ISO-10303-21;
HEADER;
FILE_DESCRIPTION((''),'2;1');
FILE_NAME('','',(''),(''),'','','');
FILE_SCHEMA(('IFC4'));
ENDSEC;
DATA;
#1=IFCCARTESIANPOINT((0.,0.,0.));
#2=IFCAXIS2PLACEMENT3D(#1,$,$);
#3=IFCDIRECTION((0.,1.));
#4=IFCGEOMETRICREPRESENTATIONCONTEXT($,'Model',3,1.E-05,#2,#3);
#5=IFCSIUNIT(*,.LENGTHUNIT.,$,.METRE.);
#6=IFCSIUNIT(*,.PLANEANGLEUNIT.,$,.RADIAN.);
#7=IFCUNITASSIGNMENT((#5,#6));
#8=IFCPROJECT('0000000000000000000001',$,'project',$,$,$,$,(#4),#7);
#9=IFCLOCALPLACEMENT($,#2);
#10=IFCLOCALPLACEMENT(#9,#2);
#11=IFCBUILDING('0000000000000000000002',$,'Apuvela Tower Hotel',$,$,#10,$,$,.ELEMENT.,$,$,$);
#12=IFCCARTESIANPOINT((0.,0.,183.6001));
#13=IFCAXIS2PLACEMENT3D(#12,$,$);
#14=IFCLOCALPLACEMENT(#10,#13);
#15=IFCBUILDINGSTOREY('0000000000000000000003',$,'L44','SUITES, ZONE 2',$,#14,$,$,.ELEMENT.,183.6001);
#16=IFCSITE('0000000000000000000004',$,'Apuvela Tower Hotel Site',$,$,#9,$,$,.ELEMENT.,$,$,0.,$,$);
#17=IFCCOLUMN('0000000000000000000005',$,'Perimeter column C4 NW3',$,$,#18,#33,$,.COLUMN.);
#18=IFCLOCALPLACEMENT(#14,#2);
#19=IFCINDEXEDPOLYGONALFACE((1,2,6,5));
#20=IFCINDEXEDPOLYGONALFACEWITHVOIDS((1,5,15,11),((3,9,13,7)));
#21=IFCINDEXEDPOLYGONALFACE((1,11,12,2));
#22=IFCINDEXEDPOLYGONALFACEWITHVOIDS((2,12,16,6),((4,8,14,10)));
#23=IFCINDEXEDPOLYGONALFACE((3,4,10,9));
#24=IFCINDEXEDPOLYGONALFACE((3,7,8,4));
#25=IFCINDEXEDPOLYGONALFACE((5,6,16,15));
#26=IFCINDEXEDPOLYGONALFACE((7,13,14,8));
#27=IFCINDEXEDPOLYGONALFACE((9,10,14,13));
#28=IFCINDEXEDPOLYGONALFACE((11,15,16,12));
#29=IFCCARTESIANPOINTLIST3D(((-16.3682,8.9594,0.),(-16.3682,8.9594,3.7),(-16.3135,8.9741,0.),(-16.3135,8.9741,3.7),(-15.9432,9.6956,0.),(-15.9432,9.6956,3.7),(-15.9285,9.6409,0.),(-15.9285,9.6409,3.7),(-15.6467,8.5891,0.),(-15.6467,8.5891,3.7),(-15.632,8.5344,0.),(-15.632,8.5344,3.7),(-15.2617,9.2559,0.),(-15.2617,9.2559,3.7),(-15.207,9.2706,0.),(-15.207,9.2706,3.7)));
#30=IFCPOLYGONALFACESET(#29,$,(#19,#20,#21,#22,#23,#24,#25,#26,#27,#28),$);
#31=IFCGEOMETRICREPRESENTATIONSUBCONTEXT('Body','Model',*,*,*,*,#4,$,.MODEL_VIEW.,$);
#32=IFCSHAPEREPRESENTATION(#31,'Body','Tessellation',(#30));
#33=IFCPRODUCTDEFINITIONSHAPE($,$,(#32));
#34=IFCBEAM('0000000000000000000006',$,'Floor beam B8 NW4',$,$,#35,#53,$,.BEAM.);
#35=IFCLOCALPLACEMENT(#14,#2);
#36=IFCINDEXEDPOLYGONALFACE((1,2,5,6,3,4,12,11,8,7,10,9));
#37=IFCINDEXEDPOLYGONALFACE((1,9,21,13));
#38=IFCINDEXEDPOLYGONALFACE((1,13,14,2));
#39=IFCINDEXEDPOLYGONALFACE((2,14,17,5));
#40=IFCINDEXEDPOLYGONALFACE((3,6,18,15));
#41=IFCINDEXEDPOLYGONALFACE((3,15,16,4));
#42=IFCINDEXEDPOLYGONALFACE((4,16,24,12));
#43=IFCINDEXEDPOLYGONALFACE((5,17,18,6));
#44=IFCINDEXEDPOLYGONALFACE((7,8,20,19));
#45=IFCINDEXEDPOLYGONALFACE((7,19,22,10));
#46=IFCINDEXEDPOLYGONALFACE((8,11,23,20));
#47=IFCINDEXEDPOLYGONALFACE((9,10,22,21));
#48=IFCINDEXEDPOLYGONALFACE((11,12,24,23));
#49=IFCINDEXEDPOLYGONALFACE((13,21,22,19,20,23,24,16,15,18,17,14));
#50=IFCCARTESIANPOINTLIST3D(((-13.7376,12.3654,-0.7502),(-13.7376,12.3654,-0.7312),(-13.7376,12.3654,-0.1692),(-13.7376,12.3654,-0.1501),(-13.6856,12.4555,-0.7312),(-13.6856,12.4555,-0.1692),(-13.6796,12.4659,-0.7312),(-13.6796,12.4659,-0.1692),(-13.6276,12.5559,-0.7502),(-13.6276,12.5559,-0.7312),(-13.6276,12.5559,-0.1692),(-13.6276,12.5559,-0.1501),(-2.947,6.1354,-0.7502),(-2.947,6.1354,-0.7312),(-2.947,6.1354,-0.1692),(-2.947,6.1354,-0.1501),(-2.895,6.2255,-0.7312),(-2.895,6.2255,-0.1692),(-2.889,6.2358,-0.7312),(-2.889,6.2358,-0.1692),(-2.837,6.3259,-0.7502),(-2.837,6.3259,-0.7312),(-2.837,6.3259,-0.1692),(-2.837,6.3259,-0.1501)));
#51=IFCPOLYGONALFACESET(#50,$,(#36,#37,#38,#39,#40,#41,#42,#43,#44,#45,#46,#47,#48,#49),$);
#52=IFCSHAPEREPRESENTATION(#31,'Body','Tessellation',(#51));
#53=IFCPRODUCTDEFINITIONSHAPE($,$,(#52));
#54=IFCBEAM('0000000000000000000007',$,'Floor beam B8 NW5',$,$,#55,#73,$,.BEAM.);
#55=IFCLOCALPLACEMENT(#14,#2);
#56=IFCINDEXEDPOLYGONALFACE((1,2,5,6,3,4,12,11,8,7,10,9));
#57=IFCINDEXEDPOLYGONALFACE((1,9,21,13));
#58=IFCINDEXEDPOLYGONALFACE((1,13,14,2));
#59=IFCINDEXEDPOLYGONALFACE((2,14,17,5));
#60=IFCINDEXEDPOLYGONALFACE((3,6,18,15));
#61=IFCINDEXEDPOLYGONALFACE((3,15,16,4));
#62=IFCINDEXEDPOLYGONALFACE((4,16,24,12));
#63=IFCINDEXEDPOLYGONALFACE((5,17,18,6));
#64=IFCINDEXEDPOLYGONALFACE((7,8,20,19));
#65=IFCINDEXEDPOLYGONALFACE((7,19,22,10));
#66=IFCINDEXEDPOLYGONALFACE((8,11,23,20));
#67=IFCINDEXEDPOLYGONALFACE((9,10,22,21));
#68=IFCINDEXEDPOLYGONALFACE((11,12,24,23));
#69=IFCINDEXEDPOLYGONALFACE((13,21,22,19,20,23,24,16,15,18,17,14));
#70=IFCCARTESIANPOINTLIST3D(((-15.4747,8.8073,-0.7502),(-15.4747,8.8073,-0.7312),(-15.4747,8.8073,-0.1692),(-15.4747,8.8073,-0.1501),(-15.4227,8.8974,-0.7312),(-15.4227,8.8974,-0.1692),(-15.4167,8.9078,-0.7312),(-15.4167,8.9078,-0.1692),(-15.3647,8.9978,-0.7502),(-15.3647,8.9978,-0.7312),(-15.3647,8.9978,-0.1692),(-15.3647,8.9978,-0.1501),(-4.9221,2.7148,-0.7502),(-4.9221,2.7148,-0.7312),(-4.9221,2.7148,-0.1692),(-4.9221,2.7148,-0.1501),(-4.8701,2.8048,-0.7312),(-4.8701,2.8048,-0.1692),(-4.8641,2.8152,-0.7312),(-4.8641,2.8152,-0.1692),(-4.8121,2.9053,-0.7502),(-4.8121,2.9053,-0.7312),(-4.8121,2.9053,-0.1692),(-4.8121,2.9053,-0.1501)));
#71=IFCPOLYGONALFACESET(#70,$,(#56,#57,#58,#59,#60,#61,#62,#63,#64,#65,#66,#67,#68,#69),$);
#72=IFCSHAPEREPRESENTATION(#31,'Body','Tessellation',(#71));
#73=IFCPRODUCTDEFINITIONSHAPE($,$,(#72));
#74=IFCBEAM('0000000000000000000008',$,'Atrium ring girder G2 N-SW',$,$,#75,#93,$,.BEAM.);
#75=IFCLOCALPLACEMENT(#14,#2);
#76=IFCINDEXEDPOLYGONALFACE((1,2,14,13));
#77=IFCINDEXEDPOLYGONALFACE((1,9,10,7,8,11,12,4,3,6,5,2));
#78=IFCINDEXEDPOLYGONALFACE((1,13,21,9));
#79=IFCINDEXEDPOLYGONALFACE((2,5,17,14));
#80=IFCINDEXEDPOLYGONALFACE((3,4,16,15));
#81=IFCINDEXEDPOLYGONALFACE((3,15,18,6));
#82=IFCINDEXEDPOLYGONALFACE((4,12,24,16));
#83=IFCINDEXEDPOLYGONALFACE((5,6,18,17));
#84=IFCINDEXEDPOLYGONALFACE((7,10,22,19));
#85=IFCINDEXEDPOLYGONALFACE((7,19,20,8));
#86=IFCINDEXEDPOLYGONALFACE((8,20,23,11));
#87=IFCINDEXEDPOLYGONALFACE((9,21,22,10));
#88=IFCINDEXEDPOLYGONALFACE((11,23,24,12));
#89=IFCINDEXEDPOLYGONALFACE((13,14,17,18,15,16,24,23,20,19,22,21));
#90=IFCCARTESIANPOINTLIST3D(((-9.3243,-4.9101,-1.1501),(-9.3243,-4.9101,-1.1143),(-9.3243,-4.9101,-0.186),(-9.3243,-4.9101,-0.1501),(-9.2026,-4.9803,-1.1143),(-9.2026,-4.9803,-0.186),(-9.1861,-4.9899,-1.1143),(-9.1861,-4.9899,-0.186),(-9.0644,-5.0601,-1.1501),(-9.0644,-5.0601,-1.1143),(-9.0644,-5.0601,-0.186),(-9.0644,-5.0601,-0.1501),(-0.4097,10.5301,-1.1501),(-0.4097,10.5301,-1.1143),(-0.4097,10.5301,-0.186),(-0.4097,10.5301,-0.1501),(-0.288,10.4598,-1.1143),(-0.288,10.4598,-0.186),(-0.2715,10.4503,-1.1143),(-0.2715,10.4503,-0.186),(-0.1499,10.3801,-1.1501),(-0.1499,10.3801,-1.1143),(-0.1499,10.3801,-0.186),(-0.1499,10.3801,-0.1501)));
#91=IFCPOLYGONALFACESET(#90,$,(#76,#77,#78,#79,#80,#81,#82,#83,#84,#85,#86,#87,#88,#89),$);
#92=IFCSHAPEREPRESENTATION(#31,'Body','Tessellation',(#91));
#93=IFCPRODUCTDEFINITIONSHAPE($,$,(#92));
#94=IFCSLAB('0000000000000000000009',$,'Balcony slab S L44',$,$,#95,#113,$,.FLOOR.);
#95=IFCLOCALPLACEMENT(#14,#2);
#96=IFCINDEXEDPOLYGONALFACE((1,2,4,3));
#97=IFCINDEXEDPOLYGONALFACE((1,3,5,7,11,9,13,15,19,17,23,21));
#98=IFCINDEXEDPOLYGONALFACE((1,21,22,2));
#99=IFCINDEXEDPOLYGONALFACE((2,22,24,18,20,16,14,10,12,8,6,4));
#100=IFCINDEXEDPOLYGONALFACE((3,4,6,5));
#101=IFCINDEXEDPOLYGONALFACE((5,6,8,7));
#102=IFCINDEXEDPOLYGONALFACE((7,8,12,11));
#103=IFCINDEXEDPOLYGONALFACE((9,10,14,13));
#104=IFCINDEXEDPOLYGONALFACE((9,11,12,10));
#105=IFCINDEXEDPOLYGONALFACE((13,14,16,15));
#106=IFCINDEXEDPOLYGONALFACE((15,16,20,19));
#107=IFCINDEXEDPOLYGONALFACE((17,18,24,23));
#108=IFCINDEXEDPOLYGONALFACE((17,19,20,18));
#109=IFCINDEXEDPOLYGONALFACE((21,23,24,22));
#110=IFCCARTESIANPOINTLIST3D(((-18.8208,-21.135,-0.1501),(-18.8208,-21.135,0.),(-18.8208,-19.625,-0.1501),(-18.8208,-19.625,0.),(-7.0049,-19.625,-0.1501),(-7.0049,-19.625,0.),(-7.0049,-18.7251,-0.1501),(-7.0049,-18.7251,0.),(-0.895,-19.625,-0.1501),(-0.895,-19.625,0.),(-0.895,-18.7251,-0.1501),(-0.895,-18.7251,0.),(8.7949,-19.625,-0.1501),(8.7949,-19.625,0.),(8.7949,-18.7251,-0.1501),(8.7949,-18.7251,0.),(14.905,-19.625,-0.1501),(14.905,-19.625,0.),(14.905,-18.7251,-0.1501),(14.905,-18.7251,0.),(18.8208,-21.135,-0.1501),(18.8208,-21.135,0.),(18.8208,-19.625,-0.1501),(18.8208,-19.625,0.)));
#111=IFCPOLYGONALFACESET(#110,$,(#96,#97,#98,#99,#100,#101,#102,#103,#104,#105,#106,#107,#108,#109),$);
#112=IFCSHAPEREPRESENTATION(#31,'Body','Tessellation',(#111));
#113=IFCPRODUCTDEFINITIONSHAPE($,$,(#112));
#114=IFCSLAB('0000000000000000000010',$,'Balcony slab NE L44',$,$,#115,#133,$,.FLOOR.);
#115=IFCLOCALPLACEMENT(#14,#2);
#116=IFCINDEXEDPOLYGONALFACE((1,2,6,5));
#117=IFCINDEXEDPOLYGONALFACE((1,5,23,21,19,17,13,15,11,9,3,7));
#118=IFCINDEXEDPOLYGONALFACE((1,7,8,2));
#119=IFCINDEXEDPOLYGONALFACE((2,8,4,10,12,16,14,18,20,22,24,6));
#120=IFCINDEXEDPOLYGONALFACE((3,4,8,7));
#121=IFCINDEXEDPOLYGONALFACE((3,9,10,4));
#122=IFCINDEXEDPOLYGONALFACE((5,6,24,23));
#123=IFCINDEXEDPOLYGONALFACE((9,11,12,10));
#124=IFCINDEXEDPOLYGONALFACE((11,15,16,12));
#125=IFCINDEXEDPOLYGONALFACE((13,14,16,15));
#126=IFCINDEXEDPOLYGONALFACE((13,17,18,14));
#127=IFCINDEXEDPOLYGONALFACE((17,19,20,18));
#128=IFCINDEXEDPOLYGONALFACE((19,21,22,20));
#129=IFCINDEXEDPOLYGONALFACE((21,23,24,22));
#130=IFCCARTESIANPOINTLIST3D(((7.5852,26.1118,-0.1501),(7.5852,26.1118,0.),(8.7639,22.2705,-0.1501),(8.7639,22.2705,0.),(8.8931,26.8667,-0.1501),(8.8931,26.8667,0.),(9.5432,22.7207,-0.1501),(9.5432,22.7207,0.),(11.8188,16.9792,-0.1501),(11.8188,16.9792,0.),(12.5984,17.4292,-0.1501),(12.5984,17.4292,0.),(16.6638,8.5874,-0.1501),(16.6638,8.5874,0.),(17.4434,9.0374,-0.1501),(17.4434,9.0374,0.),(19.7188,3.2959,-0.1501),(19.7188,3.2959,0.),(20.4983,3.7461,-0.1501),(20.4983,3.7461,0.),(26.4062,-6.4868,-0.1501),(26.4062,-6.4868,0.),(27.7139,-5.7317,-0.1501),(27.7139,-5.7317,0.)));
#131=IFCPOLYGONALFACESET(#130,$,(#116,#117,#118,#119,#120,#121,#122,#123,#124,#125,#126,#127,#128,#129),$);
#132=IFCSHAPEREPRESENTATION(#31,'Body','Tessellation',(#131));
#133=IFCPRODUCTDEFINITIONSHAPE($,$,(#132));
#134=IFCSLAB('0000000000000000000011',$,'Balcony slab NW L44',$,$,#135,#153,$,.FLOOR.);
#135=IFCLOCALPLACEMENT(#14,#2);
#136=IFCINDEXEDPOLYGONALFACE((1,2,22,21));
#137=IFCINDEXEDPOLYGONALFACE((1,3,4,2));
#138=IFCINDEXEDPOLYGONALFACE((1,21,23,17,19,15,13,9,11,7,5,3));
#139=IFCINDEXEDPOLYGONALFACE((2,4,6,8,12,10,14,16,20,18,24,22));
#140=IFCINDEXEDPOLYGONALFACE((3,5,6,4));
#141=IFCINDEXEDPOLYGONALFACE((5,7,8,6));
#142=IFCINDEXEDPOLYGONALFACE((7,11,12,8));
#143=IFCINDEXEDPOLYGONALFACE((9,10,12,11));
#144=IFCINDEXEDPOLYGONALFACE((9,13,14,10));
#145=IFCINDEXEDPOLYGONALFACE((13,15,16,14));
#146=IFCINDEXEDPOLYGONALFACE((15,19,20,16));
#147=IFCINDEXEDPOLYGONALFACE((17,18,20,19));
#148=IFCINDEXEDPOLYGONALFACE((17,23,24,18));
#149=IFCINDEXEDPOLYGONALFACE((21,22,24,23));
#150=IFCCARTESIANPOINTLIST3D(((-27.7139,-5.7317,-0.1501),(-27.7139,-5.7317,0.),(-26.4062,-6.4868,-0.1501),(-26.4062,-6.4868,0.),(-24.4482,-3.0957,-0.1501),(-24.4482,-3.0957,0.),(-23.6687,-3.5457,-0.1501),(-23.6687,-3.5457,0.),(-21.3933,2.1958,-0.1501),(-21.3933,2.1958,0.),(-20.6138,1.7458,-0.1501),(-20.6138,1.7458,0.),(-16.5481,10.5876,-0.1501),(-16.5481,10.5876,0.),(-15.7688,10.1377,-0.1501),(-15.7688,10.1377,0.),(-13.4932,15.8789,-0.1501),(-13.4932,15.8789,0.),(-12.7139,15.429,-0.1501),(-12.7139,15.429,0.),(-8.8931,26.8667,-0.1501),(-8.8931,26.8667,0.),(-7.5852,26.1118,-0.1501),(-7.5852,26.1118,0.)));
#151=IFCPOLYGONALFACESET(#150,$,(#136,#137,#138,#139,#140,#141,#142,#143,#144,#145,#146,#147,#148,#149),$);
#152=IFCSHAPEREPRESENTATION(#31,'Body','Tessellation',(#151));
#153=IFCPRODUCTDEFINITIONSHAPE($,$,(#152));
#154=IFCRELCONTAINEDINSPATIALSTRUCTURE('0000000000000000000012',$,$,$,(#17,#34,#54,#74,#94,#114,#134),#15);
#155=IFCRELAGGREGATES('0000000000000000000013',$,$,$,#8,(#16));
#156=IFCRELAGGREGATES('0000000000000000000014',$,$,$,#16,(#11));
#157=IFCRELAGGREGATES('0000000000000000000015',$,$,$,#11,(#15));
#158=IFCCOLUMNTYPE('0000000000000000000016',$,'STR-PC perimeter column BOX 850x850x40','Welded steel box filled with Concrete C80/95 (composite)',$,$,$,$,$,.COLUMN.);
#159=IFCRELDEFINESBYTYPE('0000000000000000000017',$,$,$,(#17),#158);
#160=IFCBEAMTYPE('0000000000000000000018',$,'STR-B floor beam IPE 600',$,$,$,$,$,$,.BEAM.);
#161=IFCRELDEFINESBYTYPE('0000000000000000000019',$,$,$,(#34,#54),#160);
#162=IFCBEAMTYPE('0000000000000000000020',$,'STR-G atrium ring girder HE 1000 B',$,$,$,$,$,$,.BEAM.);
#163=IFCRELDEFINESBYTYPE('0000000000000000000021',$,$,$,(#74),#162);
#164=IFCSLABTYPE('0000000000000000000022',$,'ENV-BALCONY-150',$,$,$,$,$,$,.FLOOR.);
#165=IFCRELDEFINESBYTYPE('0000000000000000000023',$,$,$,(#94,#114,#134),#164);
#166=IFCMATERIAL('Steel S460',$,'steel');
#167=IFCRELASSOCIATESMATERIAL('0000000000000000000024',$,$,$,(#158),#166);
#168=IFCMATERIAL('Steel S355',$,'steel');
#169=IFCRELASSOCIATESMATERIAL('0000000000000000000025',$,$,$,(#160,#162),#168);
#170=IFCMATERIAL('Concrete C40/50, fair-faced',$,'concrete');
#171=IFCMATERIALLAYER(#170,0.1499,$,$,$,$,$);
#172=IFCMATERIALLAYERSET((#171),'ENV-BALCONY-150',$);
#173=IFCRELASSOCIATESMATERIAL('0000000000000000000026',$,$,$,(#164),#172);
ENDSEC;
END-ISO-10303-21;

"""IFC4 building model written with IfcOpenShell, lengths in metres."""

from ifc_helpers import new_model, si_unit, direction, frame, origin, origin_2d, place, context, subcontext, project, spatial, polyline, rectangle, hollow_rectangle, i_section, outline, extrude, material, layer, layer_set, material_profile, profile_set, type_object, element, save


model = new_model("IFC4")

# Units and contexts
model_context = context("Model", 3, precision=1e-05, world=origin(), true_north=direction((0.0, 1.0)))
body_context = subcontext(model_context, "Body", "Model", "MODEL_VIEW")
ifc_project = project(units=[si_unit("LENGTHUNIT", "METRE"), si_unit("PLANEANGLEUNIT", "RADIAN")], contexts=[model_context])

# Site, building, storey
site_placement = place(None, origin())
site = spatial("IfcSite", under=ifc_project, at=site_placement, Name="Apuvela Tower Hotel Site", CompositionType="ELEMENT", RefElevation=0.0)
building_placement = place(site_placement, origin())
building = spatial("IfcBuilding", under=site, at=building_placement, Name="Apuvela Tower Hotel", CompositionType="ELEMENT")
storey_placement = place(building_placement, frame((0.0, 0.0, 183.6001)))
storey = spatial("IfcBuildingStorey", under=building, at=storey_placement, Name="L44", Description="SUITES, ZONE 2", CompositionType="ELEMENT", Elevation=183.6001)

# Column
ifc_material_1 = material(Name="Steel S460", Category="steel")
ifc_material_profile_1 = material_profile(ifc_material_1, hollow_rectangle(XDim=0.8501, YDim=0.8501, WallThickness=0.04, at=origin_2d()), Name="BOX 850x850x40")
ifc_material_2 = material(Name="Concrete C80/95", Category="concrete")
ifc_material_profile_2 = material_profile(ifc_material_2, rectangle(XDim=0.77, YDim=0.77, at=origin_2d()), Name="Concrete C80/95 infill")
ifc_profile_set_1 = profile_set([ifc_material_profile_1, ifc_material_profile_2], Name="Steel S460")
column_type = type_object("IfcColumnType", Name="STR-PC perimeter column BOX 850x850x40", Description="Welded steel box filled with Concrete C80/95 (composite)", PredefinedType="COLUMN", material=ifc_profile_set_1)
column_placement = place(storey_placement, frame((-15.7876, 9.115, 0.0), z_axis=(0.0, 0.0, 1.0), x_axis=(0.5, 0.866025, 0.0)))
element("IfcColumn", 1, at=column_placement, inside=storey, type_object=column_type, Name="Perimeter column C4 NW3", PredefinedType="COLUMN", context=body_context, shape_type="SweptSolid", body=[
    extrude(hollow_rectangle(XDim=0.8501, YDim=0.8501, WallThickness=0.04, at=origin_2d()), origin(), (0.0, 0.0, 1.0), 3.7),
])

# Beams
ifc_material_3 = material(Name="Steel S355", Category="steel")
ifc_material_profile_3 = material_profile(ifc_material_3, i_section(OverallWidth=0.22, OverallDepth=0.6001, WebThickness=0.012, FlangeThickness=0.019, at=origin_2d()), Name="IPE 600")
ifc_profile_set_2 = profile_set([ifc_material_profile_3], Name="Steel S355")
beam_type_1 = type_object("IfcBeamType", Name="STR-B floor beam IPE 600", PredefinedType="BEAM", material=ifc_profile_set_2)
beam_1_placement = place(storey_placement, frame((-13.6826, 12.4607, -0.4502), z_axis=(0.866023, -0.500004, 0.0), x_axis=(0.500004, 0.866023, 0.0)))
element("IfcBeam", 2, at=beam_1_placement, inside=storey, type_object=beam_type_1, Name="Floor beam B8 NW4", PredefinedType="BEAM", context=body_context, shape_type="SweptSolid", body=[
    extrude(i_section(OverallWidth=0.22, OverallDepth=0.6001, WebThickness=0.012, FlangeThickness=0.019, at=origin_2d()), origin(), (0.0, 0.0, 1.0), 12.46),
])
beam_2_placement = place(storey_placement, frame((-15.4197, 8.9026, -0.4502), z_axis=(0.866024, -0.500003, 0.0), x_axis=(0.500003, 0.866024, 0.0)))
element("IfcBeam", 3, at=beam_2_placement, inside=storey, type_object=beam_type_1, Name="Floor beam B8 NW5", PredefinedType="BEAM", context=body_context, shape_type="SweptSolid", body=[
    extrude(i_section(OverallWidth=0.22, OverallDepth=0.6001, WebThickness=0.012, FlangeThickness=0.019, at=origin_2d()), origin(), (0.0, 0.0, 1.0), 12.1851),
])
ifc_material_profile_4 = material_profile(ifc_material_3, i_section(OverallWidth=0.3, OverallDepth=1.0, WebThickness=0.019, FlangeThickness=0.0359, at=origin_2d()), Name="HE 1000 B")
ifc_profile_set_3 = profile_set([ifc_material_profile_4], Name="Steel S355")
beam_type_2 = type_object("IfcBeamType", Name="STR-G atrium ring girder HE 1000 B", PredefinedType="BEAM", material=ifc_profile_set_3)
beam_3_placement = place(storey_placement, frame((-0.2798, 10.4551, -0.6501), z_axis=(-0.500007, -0.866022, 0.0), x_axis=(0.866022, -0.500007, 0.0)))
element("IfcBeam", 4, at=beam_3_placement, inside=storey, type_object=beam_type_2, Name="Atrium ring girder G2 N-SW", PredefinedType="BEAM", context=body_context, shape_type="SweptSolid", body=[
    extrude(i_section(OverallWidth=0.3, OverallDepth=1.0, WebThickness=0.019, FlangeThickness=0.0359, at=origin_2d()), origin(), (0.0, 0.0, 1.0), 17.8289),
])

# Slabs
ifc_material_4 = material(Name="Concrete C40/50, fair-faced", Category="concrete")
ifc_layer_1 = layer(ifc_material_4, 0.1499)
ifc_layer_set_1 = layer_set([ifc_layer_1], Name="ENV-BALCONY-150")
slab_type_1 = type_object("IfcSlabType", Name="ENV-BALCONY-150", PredefinedType="FLOOR", material=ifc_layer_set_1)
slab_1_placement = place(storey_placement, frame((0.0, 0.0, -0.1501)))
element("IfcSlab", 5, at=slab_1_placement, inside=storey, type_object=slab_type_1, Name="Balcony slab S L44", PredefinedType="FLOOR", context=body_context, shape_type="SweptSolid", body=[
    extrude(outline(polyline([(18.8208, -21.135), (-18.8208, -21.135), (-18.8208, -19.625), (-7.0049, -19.625), (-7.0049, -18.7251), (-0.895, -18.7251), (-0.895, -19.625), (8.7949, -19.625), (8.7949, -18.7251), (14.905, -18.7251), (14.905, -19.625), (18.8208, -19.625), (18.8208, -21.135)])), origin(), (0.0, 0.0, 1.0), 0.1501),
])
slab_2_placement = place(storey_placement, frame((0.0, 0.0, -0.1501)))
element("IfcSlab", 6, at=slab_2_placement, inside=storey, type_object=slab_type_1, Name="Balcony slab NE L44", PredefinedType="FLOOR", context=body_context, shape_type="SweptSolid", body=[
    extrude(outline(polyline([(17.4434, 9.0374), (12.5984, 17.4292), (11.8188, 16.9792), (8.7639, 22.2705), (9.5432, 22.7207), (7.5852, 26.1118), (8.8931, 26.8667), (27.7139, -5.7317), (26.4062, -6.4868), (20.4983, 3.7461), (19.7188, 3.2959), (16.6638, 8.5874), (17.4434, 9.0374)])), origin(), (0.0, 0.0, 1.0), 0.1501),
])
slab_3_placement = place(storey_placement, frame((0.0, 0.0, -0.1501)))
element("IfcSlab", 7, at=slab_3_placement, inside=storey, type_object=slab_type_1, Name="Balcony slab NW L44", PredefinedType="FLOOR", context=body_context, shape_type="SweptSolid", body=[
    extrude(outline(polyline([(-27.7139, -5.7317), (-8.8931, 26.8667), (-7.5852, 26.1118), (-13.4932, 15.8789), (-12.7139, 15.429), (-15.7688, 10.1377), (-16.5481, 10.5876), (-21.3933, 2.1958), (-20.6138, 1.7458), (-23.6687, -3.5457), (-24.4482, -3.0957), (-26.4062, -6.4868), (-27.7139, -5.7317)])), origin(), (0.0, 0.0, 1.0), 0.1501),
])

save(model, "model.ifc")
